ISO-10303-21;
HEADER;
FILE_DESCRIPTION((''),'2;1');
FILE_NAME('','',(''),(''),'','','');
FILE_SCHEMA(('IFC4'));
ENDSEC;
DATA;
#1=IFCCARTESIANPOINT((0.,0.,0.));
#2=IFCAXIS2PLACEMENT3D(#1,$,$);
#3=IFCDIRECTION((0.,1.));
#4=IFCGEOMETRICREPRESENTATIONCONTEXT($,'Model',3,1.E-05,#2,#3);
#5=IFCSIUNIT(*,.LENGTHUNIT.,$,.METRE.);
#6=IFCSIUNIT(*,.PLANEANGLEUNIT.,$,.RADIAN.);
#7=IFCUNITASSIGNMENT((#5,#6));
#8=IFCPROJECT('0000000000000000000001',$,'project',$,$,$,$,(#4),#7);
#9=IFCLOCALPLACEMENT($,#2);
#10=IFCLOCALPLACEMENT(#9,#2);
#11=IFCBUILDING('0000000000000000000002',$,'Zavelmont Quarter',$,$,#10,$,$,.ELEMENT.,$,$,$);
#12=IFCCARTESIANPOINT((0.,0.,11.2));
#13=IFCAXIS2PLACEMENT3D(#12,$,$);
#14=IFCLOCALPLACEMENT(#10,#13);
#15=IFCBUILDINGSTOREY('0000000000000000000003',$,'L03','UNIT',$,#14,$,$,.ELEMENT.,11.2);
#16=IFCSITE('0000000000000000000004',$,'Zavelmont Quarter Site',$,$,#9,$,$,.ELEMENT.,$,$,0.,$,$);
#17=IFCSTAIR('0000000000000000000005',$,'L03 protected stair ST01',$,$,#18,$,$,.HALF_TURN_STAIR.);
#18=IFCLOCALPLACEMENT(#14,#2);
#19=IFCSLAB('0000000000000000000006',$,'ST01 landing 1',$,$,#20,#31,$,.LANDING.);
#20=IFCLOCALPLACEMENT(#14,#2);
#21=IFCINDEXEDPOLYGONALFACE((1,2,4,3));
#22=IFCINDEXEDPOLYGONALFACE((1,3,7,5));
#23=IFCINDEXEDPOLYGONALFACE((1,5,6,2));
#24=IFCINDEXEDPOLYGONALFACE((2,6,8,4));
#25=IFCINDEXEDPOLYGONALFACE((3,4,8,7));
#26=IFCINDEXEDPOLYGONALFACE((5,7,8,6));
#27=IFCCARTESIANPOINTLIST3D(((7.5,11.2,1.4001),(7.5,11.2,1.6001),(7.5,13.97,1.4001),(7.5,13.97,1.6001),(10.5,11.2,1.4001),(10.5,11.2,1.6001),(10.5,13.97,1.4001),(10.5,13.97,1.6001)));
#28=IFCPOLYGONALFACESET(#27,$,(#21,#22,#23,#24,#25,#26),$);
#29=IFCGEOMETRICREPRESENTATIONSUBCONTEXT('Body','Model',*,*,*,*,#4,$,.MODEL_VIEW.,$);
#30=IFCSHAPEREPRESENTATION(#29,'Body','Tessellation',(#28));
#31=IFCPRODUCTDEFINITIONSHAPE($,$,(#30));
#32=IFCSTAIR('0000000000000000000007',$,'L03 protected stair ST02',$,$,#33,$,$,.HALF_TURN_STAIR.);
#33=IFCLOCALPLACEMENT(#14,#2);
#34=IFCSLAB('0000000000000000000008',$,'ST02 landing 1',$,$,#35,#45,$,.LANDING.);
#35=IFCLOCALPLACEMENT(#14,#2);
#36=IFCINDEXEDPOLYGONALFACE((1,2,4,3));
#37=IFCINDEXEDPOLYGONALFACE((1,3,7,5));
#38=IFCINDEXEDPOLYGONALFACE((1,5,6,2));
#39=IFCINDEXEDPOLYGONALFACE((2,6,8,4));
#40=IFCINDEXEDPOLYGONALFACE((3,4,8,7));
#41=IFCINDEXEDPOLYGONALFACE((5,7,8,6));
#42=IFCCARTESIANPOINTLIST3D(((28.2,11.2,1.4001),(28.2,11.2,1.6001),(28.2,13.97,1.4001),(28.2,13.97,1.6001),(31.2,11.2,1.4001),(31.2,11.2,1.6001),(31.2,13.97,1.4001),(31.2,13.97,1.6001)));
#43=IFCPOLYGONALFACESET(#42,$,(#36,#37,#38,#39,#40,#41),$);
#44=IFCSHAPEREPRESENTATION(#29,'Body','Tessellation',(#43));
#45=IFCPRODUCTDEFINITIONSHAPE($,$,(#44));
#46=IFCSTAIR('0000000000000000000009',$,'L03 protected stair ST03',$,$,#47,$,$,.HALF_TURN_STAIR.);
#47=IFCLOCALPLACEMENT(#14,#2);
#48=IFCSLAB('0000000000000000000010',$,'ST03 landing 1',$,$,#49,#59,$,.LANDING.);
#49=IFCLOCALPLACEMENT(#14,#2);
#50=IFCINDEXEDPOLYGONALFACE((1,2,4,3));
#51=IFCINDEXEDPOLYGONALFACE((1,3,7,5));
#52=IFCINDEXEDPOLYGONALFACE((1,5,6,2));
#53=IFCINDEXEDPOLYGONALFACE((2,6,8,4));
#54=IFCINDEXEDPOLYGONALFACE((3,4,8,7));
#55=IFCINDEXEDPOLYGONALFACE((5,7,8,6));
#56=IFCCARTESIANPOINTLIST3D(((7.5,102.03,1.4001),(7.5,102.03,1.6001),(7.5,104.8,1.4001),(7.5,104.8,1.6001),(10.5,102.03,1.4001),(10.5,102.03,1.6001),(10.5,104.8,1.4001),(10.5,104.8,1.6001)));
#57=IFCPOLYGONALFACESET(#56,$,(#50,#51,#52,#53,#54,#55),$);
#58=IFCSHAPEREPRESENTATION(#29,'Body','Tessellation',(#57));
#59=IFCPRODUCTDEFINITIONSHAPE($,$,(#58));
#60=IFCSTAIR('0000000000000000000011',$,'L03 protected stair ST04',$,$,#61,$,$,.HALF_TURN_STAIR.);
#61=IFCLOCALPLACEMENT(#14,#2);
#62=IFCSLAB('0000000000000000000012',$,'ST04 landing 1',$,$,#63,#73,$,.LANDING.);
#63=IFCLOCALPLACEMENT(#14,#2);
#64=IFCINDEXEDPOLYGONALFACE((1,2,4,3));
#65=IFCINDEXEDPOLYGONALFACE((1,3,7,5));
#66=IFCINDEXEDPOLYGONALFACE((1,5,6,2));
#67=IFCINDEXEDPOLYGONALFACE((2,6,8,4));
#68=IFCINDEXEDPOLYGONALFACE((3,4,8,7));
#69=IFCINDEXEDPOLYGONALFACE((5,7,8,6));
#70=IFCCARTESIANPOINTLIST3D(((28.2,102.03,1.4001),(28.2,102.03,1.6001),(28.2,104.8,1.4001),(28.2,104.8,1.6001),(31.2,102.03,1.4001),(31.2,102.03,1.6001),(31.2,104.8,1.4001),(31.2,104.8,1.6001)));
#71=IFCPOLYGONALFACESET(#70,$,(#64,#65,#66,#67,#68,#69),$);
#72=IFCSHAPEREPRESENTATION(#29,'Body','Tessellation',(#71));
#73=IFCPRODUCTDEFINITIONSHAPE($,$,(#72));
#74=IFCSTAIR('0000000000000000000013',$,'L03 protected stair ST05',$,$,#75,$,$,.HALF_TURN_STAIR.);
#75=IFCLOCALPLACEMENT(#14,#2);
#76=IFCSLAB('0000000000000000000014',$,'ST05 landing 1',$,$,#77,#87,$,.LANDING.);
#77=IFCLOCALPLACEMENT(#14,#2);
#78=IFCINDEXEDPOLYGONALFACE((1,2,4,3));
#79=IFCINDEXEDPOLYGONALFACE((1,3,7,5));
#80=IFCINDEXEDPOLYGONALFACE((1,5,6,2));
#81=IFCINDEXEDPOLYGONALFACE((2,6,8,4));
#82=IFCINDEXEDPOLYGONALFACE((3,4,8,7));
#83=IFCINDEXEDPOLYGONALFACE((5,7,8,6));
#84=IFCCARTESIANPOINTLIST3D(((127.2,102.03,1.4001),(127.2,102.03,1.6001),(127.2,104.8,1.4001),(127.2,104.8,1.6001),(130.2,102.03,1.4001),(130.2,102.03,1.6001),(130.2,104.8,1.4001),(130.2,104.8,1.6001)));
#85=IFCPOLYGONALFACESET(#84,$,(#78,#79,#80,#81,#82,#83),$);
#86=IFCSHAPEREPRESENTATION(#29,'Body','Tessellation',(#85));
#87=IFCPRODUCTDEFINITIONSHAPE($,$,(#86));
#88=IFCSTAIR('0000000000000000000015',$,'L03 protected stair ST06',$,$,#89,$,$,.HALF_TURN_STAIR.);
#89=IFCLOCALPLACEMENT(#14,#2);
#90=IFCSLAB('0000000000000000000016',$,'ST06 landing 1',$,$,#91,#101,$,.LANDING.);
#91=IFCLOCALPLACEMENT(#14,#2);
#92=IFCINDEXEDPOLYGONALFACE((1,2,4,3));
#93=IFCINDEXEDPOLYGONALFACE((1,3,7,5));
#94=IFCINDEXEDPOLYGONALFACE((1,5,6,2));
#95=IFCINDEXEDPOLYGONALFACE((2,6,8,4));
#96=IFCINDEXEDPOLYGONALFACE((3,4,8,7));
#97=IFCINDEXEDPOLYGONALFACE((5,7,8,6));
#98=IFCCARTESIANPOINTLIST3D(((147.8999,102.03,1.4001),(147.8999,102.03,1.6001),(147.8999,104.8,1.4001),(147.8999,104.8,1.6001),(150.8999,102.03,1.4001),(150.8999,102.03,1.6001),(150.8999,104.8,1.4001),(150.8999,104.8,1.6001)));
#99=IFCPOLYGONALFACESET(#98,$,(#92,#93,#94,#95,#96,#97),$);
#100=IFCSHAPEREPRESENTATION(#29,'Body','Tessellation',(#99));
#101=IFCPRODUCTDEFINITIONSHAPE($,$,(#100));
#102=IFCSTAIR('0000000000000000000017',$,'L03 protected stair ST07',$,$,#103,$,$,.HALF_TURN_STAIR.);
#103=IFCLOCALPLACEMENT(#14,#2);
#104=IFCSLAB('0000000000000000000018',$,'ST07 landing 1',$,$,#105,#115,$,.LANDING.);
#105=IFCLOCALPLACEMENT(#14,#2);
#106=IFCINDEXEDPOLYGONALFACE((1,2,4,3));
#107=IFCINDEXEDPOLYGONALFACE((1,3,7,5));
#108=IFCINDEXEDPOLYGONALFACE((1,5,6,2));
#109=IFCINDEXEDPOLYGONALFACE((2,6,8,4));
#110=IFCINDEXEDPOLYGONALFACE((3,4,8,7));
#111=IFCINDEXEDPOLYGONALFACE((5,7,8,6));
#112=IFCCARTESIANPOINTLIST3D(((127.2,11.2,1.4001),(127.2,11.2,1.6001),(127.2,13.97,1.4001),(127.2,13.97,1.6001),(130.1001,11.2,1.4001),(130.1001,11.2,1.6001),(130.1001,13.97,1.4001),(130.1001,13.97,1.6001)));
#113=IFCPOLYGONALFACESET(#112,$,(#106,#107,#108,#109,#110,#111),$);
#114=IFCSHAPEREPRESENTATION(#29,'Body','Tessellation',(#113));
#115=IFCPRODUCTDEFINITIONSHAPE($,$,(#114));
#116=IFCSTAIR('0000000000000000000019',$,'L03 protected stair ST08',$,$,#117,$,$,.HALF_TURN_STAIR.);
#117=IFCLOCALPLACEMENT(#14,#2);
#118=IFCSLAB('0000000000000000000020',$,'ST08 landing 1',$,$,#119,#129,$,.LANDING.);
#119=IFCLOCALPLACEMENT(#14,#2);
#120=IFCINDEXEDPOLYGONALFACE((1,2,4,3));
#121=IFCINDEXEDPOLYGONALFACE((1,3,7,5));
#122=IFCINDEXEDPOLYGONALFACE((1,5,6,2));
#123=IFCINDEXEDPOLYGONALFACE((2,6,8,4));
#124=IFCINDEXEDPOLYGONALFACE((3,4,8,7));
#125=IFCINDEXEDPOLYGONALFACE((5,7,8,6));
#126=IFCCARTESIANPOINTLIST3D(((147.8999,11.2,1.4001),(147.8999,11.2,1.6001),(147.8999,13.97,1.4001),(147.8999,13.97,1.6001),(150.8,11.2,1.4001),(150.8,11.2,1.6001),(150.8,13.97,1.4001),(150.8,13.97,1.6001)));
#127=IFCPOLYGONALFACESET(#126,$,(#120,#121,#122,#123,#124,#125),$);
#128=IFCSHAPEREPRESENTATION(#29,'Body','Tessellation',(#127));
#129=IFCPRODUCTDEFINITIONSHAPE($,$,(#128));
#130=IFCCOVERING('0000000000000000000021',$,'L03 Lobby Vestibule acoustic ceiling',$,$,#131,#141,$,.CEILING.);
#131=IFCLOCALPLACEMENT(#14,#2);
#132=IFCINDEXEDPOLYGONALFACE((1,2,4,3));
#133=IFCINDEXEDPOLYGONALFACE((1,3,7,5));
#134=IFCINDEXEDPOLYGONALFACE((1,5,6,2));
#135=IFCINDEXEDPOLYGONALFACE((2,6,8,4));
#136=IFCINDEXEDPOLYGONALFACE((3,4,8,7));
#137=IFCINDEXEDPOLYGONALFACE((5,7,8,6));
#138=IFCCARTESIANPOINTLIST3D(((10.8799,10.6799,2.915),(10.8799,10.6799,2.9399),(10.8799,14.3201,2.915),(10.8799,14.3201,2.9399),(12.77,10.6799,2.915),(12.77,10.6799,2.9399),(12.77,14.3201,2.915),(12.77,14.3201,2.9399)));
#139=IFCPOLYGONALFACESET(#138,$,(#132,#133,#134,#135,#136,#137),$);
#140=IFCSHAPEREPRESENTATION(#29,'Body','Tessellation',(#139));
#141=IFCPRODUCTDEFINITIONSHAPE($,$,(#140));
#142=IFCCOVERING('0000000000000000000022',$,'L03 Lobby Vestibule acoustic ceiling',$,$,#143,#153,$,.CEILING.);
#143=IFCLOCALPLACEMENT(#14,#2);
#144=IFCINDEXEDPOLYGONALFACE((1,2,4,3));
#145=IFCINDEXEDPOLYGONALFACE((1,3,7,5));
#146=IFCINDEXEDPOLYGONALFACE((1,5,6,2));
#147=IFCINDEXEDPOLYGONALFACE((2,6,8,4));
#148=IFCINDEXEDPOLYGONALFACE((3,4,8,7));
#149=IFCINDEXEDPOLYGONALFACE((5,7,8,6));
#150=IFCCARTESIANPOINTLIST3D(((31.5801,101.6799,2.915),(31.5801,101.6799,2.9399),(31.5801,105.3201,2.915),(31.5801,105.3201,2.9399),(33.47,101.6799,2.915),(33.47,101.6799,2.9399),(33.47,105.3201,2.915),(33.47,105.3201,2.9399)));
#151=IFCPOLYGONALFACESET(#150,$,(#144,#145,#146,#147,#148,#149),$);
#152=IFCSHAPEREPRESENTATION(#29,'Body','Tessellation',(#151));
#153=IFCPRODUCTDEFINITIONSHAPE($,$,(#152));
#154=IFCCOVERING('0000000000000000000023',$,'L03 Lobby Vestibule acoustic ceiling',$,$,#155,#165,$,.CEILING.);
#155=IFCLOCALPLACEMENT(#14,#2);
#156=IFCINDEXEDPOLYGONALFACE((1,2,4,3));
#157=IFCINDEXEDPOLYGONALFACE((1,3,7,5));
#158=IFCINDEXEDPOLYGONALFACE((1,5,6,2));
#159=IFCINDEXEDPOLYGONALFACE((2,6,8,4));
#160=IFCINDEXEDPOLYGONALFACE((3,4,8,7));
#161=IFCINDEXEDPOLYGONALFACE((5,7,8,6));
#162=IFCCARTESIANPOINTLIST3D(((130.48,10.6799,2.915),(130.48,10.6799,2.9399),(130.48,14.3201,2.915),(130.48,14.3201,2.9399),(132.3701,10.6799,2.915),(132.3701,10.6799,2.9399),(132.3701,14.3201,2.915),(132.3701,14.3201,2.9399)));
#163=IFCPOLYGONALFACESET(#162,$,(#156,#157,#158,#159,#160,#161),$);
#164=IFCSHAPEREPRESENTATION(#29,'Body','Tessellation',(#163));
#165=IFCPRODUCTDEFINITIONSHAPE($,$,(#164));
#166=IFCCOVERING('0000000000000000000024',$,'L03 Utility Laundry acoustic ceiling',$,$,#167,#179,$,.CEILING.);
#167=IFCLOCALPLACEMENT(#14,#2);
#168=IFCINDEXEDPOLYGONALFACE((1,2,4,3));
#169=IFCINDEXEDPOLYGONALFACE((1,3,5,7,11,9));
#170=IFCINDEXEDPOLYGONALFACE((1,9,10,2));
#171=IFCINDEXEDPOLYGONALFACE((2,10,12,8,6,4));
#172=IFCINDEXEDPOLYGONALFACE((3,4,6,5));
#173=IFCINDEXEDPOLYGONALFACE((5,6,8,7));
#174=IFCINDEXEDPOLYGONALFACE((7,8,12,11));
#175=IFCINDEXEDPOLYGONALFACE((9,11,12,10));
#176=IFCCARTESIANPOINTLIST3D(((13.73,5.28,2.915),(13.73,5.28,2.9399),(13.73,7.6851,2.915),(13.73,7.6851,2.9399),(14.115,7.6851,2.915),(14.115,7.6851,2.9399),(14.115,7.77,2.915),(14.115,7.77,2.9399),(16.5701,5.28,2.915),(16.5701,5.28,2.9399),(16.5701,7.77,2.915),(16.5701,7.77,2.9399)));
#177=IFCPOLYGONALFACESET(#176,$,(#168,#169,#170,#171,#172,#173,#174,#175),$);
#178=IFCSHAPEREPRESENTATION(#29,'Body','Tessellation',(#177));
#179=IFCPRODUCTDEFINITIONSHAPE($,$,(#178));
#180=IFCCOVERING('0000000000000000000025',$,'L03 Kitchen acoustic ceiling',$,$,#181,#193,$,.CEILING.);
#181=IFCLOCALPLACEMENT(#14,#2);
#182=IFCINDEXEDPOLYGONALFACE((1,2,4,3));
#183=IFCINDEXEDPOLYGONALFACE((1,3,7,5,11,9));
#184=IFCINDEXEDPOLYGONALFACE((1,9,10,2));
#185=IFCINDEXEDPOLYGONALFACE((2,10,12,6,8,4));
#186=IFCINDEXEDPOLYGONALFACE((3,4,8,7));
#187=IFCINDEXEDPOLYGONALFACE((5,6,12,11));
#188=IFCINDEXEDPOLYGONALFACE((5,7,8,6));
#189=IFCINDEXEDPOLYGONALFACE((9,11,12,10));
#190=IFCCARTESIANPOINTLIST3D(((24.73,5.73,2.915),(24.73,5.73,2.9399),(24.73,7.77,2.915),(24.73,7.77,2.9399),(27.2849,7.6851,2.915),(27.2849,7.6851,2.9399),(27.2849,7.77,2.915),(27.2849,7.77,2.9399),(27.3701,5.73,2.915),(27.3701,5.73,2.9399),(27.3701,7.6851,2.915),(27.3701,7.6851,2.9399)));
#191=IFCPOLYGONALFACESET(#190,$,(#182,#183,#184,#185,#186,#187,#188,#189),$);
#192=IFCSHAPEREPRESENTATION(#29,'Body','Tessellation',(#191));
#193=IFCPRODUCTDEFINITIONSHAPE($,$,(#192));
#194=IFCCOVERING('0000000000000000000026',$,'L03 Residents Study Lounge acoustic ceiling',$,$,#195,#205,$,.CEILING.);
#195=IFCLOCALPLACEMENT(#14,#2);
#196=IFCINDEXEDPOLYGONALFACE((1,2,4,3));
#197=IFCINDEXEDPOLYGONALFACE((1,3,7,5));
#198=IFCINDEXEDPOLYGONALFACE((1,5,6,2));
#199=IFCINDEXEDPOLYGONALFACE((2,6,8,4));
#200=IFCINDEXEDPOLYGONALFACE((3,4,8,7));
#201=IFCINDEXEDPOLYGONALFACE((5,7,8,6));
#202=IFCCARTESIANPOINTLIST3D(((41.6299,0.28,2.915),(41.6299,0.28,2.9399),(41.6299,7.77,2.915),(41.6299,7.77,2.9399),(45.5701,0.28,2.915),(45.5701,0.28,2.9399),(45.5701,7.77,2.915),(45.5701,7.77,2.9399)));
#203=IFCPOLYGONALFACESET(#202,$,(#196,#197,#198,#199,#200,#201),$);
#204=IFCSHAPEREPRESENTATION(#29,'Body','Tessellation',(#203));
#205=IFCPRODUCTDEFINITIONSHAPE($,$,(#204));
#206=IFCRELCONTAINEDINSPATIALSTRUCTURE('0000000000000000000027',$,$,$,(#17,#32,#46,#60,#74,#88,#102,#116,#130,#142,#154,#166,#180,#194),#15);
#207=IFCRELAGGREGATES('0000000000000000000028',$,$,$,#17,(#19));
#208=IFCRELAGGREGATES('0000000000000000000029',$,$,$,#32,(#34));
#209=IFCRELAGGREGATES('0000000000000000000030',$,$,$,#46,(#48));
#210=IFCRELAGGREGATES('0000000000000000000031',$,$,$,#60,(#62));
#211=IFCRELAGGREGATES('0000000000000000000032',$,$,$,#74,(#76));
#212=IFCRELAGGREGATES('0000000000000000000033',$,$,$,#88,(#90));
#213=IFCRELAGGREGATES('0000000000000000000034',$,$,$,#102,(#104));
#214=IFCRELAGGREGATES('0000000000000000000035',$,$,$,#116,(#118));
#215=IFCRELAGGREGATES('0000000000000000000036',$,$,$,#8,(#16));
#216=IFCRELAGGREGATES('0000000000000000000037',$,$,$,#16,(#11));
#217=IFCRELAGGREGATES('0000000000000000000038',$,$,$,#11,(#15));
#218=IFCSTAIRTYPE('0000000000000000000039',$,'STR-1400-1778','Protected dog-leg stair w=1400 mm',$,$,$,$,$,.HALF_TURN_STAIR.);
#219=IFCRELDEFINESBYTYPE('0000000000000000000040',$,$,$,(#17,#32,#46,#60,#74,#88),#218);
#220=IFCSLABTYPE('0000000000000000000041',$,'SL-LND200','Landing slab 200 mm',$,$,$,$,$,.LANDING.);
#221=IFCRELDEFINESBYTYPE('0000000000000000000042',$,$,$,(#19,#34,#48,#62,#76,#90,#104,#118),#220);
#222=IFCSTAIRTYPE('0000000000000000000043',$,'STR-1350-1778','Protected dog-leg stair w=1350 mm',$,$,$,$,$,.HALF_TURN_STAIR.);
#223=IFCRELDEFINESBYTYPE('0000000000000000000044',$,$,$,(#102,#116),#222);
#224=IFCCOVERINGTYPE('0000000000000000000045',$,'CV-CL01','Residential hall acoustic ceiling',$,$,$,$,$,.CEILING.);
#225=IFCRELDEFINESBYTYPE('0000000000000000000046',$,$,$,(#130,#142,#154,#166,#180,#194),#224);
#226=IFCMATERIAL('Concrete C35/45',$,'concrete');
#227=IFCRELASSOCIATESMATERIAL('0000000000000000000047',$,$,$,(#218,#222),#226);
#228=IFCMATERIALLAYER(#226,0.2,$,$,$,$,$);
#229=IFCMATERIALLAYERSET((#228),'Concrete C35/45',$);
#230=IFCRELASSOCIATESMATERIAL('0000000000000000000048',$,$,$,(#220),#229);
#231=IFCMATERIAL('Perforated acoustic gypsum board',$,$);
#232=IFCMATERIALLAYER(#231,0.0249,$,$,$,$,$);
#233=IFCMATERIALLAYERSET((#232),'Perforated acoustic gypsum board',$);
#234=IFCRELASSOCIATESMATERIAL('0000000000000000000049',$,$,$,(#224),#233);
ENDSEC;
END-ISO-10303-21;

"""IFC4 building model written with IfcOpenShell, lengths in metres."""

from ifc_helpers import new_model, si_unit, direction, frame, origin, place, context, subcontext, project, spatial, polyline, outline, extrude, material, layer, layer_set, type_object, element, aggregate, save


model = new_model("IFC4")

# Units and contexts
model_context = context("Model", 3, precision=1e-05, world=origin(), true_north=direction((0.0, 1.0)))
body_context = subcontext(model_context, "Body", "Model", "MODEL_VIEW")
ifc_project = project(units=[si_unit("LENGTHUNIT", "METRE"), si_unit("PLANEANGLEUNIT", "RADIAN")], contexts=[model_context])

# Site, building, storey
site_placement = place(None, origin())
site = spatial("IfcSite", under=ifc_project, at=site_placement, Name="Zavelmont Quarter Site", CompositionType="ELEMENT", RefElevation=0.0)
building_placement = place(site_placement, origin())
building = spatial("IfcBuilding", under=site, at=building_placement, Name="Zavelmont Quarter", CompositionType="ELEMENT")
storey_placement = place(building_placement, frame((0.0, 0.0, 11.2)))
storey = spatial("IfcBuildingStorey", under=building, at=storey_placement, Name="L03", Description="UNIT", CompositionType="ELEMENT", Elevation=11.2)

# Stairs, slabs
ifc_material_1 = material(Name="Concrete C35/45", Category="concrete")
stair_type_1 = type_object("IfcStairType", Name="STR-1400-1778", Description="Protected dog-leg stair w=1400 mm", PredefinedType="HALF_TURN_STAIR", material=ifc_material_1)
stair_1_placement = place(storey_placement, origin())
stair_1 = element("IfcStair", 1, at=stair_1_placement, inside=storey, type_object=stair_type_1, Name="L03 protected stair ST01", PredefinedType="HALF_TURN_STAIR")
ifc_layer_1 = layer(ifc_material_1, 0.2)
ifc_layer_set_1 = layer_set([ifc_layer_1], Name="Concrete C35/45")
slab_type = type_object("IfcSlabType", Name="SL-LND200", Description="Landing slab 200 mm", PredefinedType="LANDING", material=ifc_layer_set_1)
slab_1_placement = place(storey_placement, frame((0.0, 0.0, 1.4001)))
slab_1 = element("IfcSlab", 2, at=slab_1_placement, type_object=slab_type, Name="ST01 landing 1", PredefinedType="LANDING", context=body_context, shape_type="SweptSolid", body=[
    extrude(outline(polyline([(7.5, 13.97), (7.5, 11.2), (10.5, 11.2), (10.5, 13.97), (7.5, 13.97)])), origin(), (0.0, 0.0, 1.0), 0.2),
])
aggregate(stair_1, [slab_1])
stair_2_placement = place(storey_placement, origin())
stair_2 = element("IfcStair", 3, at=stair_2_placement, inside=storey, type_object=stair_type_1, Name="L03 protected stair ST02", PredefinedType="HALF_TURN_STAIR")
slab_2_placement = place(storey_placement, frame((0.0, 0.0, 1.4001)))
slab_2 = element("IfcSlab", 4, at=slab_2_placement, type_object=slab_type, Name="ST02 landing 1", PredefinedType="LANDING", context=body_context, shape_type="SweptSolid", body=[
    extrude(outline(polyline([(28.2, 13.97), (28.2, 11.2), (31.2, 11.2), (31.2, 13.97), (28.2, 13.97)])), origin(), (0.0, 0.0, 1.0), 0.2),
])
aggregate(stair_2, [slab_2])
stair_3_placement = place(storey_placement, origin())
stair_3 = element("IfcStair", 5, at=stair_3_placement, inside=storey, type_object=stair_type_1, Name="L03 protected stair ST03", PredefinedType="HALF_TURN_STAIR")
slab_3_placement = place(storey_placement, frame((0.0, 0.0, 1.4001)))
slab_3 = element("IfcSlab", 6, at=slab_3_placement, type_object=slab_type, Name="ST03 landing 1", PredefinedType="LANDING", context=body_context, shape_type="SweptSolid", body=[
    extrude(outline(polyline([(10.5, 102.03), (10.5, 104.8), (7.5, 104.8), (7.5, 102.03), (10.5, 102.03)])), origin(), (0.0, 0.0, 1.0), 0.2),
])
aggregate(stair_3, [slab_3])
stair_4_placement = place(storey_placement, origin())
stair_4 = element("IfcStair", 7, at=stair_4_placement, inside=storey, type_object=stair_type_1, Name="L03 protected stair ST04", PredefinedType="HALF_TURN_STAIR")
slab_4_placement = place(storey_placement, frame((0.0, 0.0, 1.4001)))
slab_4 = element("IfcSlab", 8, at=slab_4_placement, type_object=slab_type, Name="ST04 landing 1", PredefinedType="LANDING", context=body_context, shape_type="SweptSolid", body=[
    extrude(outline(polyline([(31.2, 102.03), (31.2, 104.8), (28.2, 104.8), (28.2, 102.03), (31.2, 102.03)])), origin(), (0.0, 0.0, 1.0), 0.2),
])
aggregate(stair_4, [slab_4])
stair_5_placement = place(storey_placement, origin())
stair_5 = element("IfcStair", 9, at=stair_5_placement, inside=storey, type_object=stair_type_1, Name="L03 protected stair ST05", PredefinedType="HALF_TURN_STAIR")
slab_5_placement = place(storey_placement, frame((0.0, 0.0, 1.4001)))
slab_5 = element("IfcSlab", 10, at=slab_5_placement, type_object=slab_type, Name="ST05 landing 1", PredefinedType="LANDING", context=body_context, shape_type="SweptSolid", body=[
    extrude(outline(polyline([(130.2, 102.03), (130.2, 104.8), (127.2, 104.8), (127.2, 102.03), (130.2, 102.03)])), origin(), (0.0, 0.0, 1.0), 0.2),
])
aggregate(stair_5, [slab_5])
stair_6_placement = place(storey_placement, origin())
stair_6 = element("IfcStair", 11, at=stair_6_placement, inside=storey, type_object=stair_type_1, Name="L03 protected stair ST06", PredefinedType="HALF_TURN_STAIR")
slab_6_placement = place(storey_placement, frame((0.0, 0.0, 1.4001)))
slab_6 = element("IfcSlab", 12, at=slab_6_placement, type_object=slab_type, Name="ST06 landing 1", PredefinedType="LANDING", context=body_context, shape_type="SweptSolid", body=[
    extrude(outline(polyline([(150.8999, 102.03), (150.8999, 104.8), (147.8999, 104.8), (147.8999, 102.03), (150.8999, 102.03)])), origin(), (0.0, 0.0, 1.0), 0.2),
])
aggregate(stair_6, [slab_6])
stair_type_2 = type_object("IfcStairType", Name="STR-1350-1778", Description="Protected dog-leg stair w=1350 mm", PredefinedType="HALF_TURN_STAIR", material=ifc_material_1)
stair_7_placement = place(storey_placement, origin())
stair_7 = element("IfcStair", 13, at=stair_7_placement, inside=storey, type_object=stair_type_2, Name="L03 protected stair ST07", PredefinedType="HALF_TURN_STAIR")
slab_7_placement = place(storey_placement, frame((0.0, 0.0, 1.4001)))
slab_7 = element("IfcSlab", 14, at=slab_7_placement, type_object=slab_type, Name="ST07 landing 1", PredefinedType="LANDING", context=body_context, shape_type="SweptSolid", body=[
    extrude(outline(polyline([(127.2, 13.97), (127.2, 11.2), (130.1001, 11.2), (130.1001, 13.97), (127.2, 13.97)])), origin(), (0.0, 0.0, 1.0), 0.2),
])
aggregate(stair_7, [slab_7])
stair_8_placement = place(storey_placement, origin())
stair_8 = element("IfcStair", 15, at=stair_8_placement, inside=storey, type_object=stair_type_2, Name="L03 protected stair ST08", PredefinedType="HALF_TURN_STAIR")
slab_8_placement = place(storey_placement, frame((0.0, 0.0, 1.4001)))
slab_8 = element("IfcSlab", 16, at=slab_8_placement, type_object=slab_type, Name="ST08 landing 1", PredefinedType="LANDING", context=body_context, shape_type="SweptSolid", body=[
    extrude(outline(polyline([(147.8999, 13.97), (147.8999, 11.2), (150.8, 11.2), (150.8, 13.97), (147.8999, 13.97)])), origin(), (0.0, 0.0, 1.0), 0.2),
])
aggregate(stair_8, [slab_8])

# Coverings
ifc_material_2 = material(Name="Perforated acoustic gypsum board")
ifc_layer_2 = layer(ifc_material_2, 0.0249)
ifc_layer_set_2 = layer_set([ifc_layer_2], Name="Perforated acoustic gypsum board")
covering_type_1 = type_object("IfcCoveringType", Name="CV-CL01", Description="Residential hall acoustic ceiling", PredefinedType="CEILING", material=ifc_layer_set_2)
covering_1_placement = place(storey_placement, frame((0.0, 0.0, 2.915)))
element("IfcCovering", 17, at=covering_1_placement, inside=storey, type_object=covering_type_1, Name="L03 Lobby Vestibule acoustic ceiling", PredefinedType="CEILING", context=body_context, shape_type="SweptSolid", body=[
    extrude(outline(polyline([(10.8799, 14.3201), (12.77, 14.3201), (12.77, 10.6799), (10.8799, 10.6799), (10.8799, 14.3201)])), origin(), (0.0, 0.0, 1.0), 0.0249),
])
covering_2_placement = place(storey_placement, frame((0.0, 0.0, 2.915)))
element("IfcCovering", 18, at=covering_2_placement, inside=storey, type_object=covering_type_1, Name="L03 Lobby Vestibule acoustic ceiling", PredefinedType="CEILING", context=body_context, shape_type="SweptSolid", body=[
    extrude(outline(polyline([(31.5801, 105.3201), (33.47, 105.3201), (33.47, 101.6799), (31.5801, 101.6799), (31.5801, 105.3201)])), origin(), (0.0, 0.0, 1.0), 0.0249),
])
covering_3_placement = place(storey_placement, frame((0.0, 0.0, 2.915)))
element("IfcCovering", 19, at=covering_3_placement, inside=storey, type_object=covering_type_1, Name="L03 Lobby Vestibule acoustic ceiling", PredefinedType="CEILING", context=body_context, shape_type="SweptSolid", body=[
    extrude(outline(polyline([(130.48, 14.3201), (132.3701, 14.3201), (132.3701, 10.6799), (130.48, 10.6799), (130.48, 14.3201)])), origin(), (0.0, 0.0, 1.0), 0.0249),
])
covering_4_placement = place(storey_placement, frame((0.0, 0.0, 2.915)))
element("IfcCovering", 20, at=covering_4_placement, inside=storey, type_object=covering_type_1, Name="L03 Utility Laundry acoustic ceiling", PredefinedType="CEILING", context=body_context, shape_type="SweptSolid", body=[
    extrude(outline(polyline([(13.73, 7.6851), (14.115, 7.6851), (14.115, 7.77), (16.5701, 7.77), (16.5701, 5.28), (13.73, 5.28), (13.73, 7.6851)])), origin(), (0.0, 0.0, 1.0), 0.0249),
])
covering_5_placement = place(storey_placement, frame((0.0, 0.0, 2.915)))
element("IfcCovering", 21, at=covering_5_placement, inside=storey, type_object=covering_type_1, Name="L03 Kitchen acoustic ceiling", PredefinedType="CEILING", context=body_context, shape_type="SweptSolid", body=[
    extrude(outline(polyline([(24.73, 7.77), (27.2849, 7.77), (27.2849, 7.6851), (27.3701, 7.6851), (27.3701, 5.73), (24.73, 5.73), (24.73, 7.77)])), origin(), (0.0, 0.0, 1.0), 0.0249),
])
covering_6_placement = place(storey_placement, frame((0.0, 0.0, 2.915)))
element("IfcCovering", 22, at=covering_6_placement, inside=storey, type_object=covering_type_1, Name="L03 Residents Study Lounge acoustic ceiling", PredefinedType="CEILING", context=body_context, shape_type="SweptSolid", body=[
    extrude(outline(polyline([(41.6299, 7.77), (45.5701, 7.77), (45.5701, 0.28), (41.6299, 0.28), (41.6299, 7.77)])), origin(), (0.0, 0.0, 1.0), 0.0249),
])

save(model, "model.ifc")
